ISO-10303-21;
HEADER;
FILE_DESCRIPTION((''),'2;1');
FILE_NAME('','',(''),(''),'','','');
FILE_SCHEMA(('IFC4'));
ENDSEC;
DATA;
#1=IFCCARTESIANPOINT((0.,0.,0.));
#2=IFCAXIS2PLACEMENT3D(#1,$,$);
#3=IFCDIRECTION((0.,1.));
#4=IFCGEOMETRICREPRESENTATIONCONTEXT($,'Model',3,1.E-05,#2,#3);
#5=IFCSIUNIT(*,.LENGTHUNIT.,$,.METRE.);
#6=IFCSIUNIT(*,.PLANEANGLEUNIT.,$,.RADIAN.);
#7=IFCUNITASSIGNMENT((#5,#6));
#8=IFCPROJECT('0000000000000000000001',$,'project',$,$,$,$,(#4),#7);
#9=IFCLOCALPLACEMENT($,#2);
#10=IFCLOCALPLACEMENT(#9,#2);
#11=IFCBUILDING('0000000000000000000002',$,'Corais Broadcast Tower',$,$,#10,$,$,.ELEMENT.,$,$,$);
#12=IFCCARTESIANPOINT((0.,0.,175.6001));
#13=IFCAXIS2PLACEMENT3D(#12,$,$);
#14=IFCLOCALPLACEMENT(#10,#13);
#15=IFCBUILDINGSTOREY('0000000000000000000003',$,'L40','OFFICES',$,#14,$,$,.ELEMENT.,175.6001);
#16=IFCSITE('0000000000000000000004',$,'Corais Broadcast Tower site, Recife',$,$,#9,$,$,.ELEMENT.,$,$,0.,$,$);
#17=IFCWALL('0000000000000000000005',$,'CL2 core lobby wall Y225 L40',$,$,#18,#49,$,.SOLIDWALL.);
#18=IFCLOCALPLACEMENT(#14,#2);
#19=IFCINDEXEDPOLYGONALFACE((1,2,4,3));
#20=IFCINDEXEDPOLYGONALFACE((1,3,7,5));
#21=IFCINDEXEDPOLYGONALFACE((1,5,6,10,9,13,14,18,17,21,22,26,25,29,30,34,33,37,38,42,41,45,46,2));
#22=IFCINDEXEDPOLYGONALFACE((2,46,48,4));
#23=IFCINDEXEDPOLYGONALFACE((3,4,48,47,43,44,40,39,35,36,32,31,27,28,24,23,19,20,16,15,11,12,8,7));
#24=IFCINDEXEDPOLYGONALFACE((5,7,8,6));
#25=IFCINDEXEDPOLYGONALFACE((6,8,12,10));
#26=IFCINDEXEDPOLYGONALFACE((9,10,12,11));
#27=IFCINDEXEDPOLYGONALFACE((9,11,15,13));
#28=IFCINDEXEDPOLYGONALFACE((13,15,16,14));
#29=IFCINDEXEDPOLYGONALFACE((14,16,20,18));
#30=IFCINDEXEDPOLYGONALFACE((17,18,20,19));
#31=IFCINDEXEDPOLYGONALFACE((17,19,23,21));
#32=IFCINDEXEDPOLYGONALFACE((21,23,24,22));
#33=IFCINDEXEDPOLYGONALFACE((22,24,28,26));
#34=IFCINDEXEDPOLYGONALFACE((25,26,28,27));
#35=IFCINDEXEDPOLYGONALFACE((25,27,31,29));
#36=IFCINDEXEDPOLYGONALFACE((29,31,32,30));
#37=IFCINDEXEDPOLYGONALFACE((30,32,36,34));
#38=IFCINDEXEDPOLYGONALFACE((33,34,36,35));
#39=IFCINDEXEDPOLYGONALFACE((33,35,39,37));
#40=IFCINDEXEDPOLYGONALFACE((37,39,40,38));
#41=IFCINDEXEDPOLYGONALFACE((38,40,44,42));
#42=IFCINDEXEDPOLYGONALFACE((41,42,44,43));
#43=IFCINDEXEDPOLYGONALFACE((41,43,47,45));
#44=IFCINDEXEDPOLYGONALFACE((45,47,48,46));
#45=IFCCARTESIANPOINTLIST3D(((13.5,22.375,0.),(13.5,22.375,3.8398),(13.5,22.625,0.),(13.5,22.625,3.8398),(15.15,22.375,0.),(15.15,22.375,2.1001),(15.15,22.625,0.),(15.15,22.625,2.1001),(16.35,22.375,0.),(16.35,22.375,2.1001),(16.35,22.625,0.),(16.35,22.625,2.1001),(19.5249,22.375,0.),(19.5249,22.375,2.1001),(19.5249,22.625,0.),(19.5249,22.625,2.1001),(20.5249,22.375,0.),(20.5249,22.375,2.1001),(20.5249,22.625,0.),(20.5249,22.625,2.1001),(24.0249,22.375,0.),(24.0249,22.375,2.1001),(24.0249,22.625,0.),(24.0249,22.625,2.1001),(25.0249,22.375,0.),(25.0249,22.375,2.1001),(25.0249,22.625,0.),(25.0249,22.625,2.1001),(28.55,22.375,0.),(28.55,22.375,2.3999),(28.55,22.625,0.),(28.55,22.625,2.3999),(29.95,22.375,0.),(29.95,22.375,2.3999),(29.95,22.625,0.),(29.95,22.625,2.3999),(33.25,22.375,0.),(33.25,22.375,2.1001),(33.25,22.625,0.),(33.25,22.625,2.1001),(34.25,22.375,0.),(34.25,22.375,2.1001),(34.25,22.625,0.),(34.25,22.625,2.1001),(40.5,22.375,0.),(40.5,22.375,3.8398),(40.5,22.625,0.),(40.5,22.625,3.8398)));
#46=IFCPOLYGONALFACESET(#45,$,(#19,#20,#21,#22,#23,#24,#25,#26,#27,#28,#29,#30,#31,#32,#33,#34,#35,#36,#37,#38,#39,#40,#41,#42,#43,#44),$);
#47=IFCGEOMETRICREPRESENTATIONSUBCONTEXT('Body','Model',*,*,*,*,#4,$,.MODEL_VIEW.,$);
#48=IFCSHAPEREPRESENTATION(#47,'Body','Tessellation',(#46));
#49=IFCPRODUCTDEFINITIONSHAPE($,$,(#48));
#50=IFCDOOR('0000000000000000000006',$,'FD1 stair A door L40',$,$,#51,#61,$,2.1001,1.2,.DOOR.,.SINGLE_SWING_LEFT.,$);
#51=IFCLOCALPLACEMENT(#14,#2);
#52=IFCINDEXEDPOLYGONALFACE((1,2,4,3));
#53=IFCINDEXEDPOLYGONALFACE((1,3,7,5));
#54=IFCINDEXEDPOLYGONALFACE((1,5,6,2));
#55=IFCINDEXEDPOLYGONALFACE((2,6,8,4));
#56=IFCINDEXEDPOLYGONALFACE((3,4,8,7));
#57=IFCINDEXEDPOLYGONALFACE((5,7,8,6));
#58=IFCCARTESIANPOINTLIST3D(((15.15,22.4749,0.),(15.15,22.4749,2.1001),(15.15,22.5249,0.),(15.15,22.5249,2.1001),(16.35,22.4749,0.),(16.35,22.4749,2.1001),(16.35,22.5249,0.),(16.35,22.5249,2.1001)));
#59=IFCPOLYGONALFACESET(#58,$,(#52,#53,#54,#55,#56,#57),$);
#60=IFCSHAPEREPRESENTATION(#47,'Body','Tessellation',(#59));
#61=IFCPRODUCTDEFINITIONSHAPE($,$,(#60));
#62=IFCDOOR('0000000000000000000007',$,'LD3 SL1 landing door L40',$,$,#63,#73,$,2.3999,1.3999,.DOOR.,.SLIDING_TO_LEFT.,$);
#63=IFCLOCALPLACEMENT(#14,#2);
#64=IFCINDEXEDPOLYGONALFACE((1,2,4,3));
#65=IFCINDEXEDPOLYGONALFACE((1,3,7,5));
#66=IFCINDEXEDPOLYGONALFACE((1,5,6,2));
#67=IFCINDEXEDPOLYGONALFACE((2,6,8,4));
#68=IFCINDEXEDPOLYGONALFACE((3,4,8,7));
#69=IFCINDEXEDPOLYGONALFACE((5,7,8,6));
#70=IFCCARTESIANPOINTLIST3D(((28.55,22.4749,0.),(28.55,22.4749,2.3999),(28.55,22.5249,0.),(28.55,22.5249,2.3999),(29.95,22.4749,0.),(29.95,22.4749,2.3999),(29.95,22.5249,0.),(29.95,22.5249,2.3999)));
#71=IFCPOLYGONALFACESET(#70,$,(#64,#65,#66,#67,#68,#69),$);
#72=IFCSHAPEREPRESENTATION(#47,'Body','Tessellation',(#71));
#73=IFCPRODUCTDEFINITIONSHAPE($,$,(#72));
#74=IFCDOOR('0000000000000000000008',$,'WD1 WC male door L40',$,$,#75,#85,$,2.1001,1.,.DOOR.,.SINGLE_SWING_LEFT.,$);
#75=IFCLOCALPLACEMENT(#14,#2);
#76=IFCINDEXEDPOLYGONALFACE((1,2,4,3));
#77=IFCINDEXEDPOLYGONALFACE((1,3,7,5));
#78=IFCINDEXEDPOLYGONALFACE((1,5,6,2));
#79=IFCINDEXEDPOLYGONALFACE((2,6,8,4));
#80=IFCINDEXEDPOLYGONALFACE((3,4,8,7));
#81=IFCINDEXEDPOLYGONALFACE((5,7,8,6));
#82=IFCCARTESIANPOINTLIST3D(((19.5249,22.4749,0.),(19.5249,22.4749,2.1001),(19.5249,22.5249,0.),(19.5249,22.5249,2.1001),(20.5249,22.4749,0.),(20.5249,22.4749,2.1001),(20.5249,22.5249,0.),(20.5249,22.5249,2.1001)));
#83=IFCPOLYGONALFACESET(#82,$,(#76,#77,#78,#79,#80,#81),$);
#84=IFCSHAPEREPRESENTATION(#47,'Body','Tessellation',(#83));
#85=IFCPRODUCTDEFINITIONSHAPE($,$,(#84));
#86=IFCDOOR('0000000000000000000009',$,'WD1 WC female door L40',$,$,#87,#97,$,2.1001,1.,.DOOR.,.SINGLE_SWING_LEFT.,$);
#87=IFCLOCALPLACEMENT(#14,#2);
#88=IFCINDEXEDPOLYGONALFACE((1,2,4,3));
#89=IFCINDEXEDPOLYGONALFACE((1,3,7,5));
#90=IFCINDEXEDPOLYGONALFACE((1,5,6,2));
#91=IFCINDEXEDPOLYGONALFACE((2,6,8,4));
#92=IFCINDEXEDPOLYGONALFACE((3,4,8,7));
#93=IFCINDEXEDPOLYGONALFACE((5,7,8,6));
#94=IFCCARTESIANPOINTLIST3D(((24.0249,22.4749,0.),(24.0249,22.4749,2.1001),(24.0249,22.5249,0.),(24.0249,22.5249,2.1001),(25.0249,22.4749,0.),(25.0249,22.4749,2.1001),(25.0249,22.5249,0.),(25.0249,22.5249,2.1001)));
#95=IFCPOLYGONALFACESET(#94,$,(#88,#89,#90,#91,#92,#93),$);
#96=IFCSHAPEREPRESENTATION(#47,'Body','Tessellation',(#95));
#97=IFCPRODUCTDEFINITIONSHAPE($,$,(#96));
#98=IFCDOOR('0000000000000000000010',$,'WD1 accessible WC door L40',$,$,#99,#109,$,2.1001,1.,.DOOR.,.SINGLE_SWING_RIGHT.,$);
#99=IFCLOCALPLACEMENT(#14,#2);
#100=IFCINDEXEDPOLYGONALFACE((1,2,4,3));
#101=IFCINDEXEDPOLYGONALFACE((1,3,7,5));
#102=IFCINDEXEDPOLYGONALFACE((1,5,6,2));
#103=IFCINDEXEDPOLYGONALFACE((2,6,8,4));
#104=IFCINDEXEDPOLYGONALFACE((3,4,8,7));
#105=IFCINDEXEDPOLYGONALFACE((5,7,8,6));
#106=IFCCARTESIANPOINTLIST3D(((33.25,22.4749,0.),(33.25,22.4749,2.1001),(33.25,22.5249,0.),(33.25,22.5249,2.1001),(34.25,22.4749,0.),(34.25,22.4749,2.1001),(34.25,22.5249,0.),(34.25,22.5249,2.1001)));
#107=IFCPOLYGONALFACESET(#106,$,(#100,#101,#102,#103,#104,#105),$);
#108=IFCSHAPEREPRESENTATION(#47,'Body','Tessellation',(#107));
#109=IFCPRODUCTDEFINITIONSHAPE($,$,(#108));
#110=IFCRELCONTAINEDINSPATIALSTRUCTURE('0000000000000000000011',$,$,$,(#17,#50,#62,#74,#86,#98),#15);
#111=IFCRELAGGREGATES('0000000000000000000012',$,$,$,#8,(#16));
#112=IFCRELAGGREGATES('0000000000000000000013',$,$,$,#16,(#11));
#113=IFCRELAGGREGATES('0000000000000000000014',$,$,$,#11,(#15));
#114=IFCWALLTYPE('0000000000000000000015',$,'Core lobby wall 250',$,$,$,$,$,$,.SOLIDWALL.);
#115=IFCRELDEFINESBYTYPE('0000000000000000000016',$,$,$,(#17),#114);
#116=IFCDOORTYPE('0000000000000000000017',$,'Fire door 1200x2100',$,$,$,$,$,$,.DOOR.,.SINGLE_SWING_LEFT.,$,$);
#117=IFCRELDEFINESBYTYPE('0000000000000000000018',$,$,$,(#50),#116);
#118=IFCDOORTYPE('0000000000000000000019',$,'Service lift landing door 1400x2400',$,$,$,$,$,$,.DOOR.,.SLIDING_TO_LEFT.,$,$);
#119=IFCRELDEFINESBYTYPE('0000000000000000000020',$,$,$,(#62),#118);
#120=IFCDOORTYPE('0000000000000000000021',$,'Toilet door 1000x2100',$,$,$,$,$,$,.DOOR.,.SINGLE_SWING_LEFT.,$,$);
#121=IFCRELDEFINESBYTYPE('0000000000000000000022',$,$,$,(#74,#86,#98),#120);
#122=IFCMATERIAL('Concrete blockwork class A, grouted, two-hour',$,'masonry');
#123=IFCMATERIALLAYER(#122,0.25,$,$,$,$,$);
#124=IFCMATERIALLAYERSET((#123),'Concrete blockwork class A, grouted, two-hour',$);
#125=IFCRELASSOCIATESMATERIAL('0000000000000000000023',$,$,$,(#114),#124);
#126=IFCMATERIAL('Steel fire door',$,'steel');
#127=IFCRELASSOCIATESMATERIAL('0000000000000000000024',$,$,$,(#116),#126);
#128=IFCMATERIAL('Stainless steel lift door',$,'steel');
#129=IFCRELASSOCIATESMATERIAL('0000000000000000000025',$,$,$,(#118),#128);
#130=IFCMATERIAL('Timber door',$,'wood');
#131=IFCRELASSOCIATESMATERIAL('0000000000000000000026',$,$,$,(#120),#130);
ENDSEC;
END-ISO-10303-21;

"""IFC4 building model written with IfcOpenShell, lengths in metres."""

from ifc_helpers import new_model, si_unit, direction, frame, frame_2d, origin, place, context, subcontext, project, spatial, rectangle, extrude, material, layer, layer_set, type_object, element, fill, save


model = new_model("IFC4")

# Units and contexts
model_context = context("Model", 3, precision=1e-05, world=origin(), true_north=direction((0.0, 1.0)))
body_context = subcontext(model_context, "Body", "Model", "MODEL_VIEW")
ifc_project = project(units=[si_unit("LENGTHUNIT", "METRE"), si_unit("PLANEANGLEUNIT", "RADIAN")], contexts=[model_context])

# Site, building, storey
site_placement = place(None, origin())
site = spatial("IfcSite", under=ifc_project, at=site_placement, Name="Corais Broadcast Tower site, Recife", CompositionType="ELEMENT", RefElevation=0.0)
building_placement = place(site_placement, origin())
building = spatial("IfcBuilding", under=site, at=building_placement, Name="Corais Broadcast Tower", CompositionType="ELEMENT")
storey_placement = place(building_placement, frame((0.0, 0.0, 175.6001)))
storey = spatial("IfcBuildingStorey", under=building, at=storey_placement, Name="L40", Description="OFFICES", CompositionType="ELEMENT", Elevation=175.6001)

# Wall, openings, doors
ifc_material_1 = material(Name="Concrete blockwork class A, grouted, two-hour", Category="masonry")
ifc_layer_1 = layer(ifc_material_1, 0.25)
ifc_layer_set_1 = layer_set([ifc_layer_1], Name="Concrete blockwork class A, grouted, two-hour")
wall_type_1 = type_object("IfcWallType", Name="Core lobby wall 250", PredefinedType="SOLIDWALL", material=ifc_layer_set_1)
wall_1_placement = place(storey_placement, frame((13.5, 22.5, 0.0), z_axis=(0.0, 0.0, 1.0), x_axis=(1.0, 0.0, 0.0)))
wall_1 = element("IfcWall", 1, at=wall_1_placement, inside=storey, type_object=wall_type_1, Name="CL2 core lobby wall Y225 L40", PredefinedType="SOLIDWALL", context=body_context, shape_type="SweptSolid", body=[
    extrude(rectangle(XDim=27.0, YDim=0.25, at=frame_2d((13.5, 0.0))), origin(), (0.0, 0.0, 1.0), 3.8398),
])
opening_1_placement = place(wall_1_placement, frame((1.6499, 0.0, 0.0)))
opening_1 = element("IfcOpeningElement", 2, at=opening_1_placement, cuts=wall_1, PredefinedType="OPENING", context=body_context, shape_type="SweptSolid", body=[
    extrude(rectangle(XDim=1.2, YDim=2.1001, at=frame_2d((0.6001, 1.05))), frame((0.0, 0.135, 0.0), z_axis=(0.0, -1.0, 0.0), x_axis=(1.0, 0.0, 0.0)), (0.0, 0.0, 1.0), 0.27),
])
opening_2_placement = place(wall_1_placement, frame((6.0249, 0.0, 0.0)))
opening_2 = element("IfcOpeningElement", 3, at=opening_2_placement, cuts=wall_1, PredefinedType="OPENING", context=body_context, shape_type="SweptSolid", body=[
    extrude(rectangle(XDim=1.0, YDim=2.1001, at=frame_2d((0.5, 1.05))), frame((0.0, 0.135, 0.0), z_axis=(0.0, -1.0, 0.0), x_axis=(1.0, 0.0, 0.0)), (0.0, 0.0, 1.0), 0.27),
])
opening_3_placement = place(wall_1_placement, frame((10.5249, 0.0, 0.0)))
opening_3 = element("IfcOpeningElement", 4, at=opening_3_placement, cuts=wall_1, PredefinedType="OPENING", context=body_context, shape_type="SweptSolid", body=[
    extrude(rectangle(XDim=1.0, YDim=2.1001, at=frame_2d((0.5, 1.05))), frame((0.0, 0.135, 0.0), z_axis=(0.0, -1.0, 0.0), x_axis=(1.0, 0.0, 0.0)), (0.0, 0.0, 1.0), 0.27),
])
opening_4_placement = place(wall_1_placement, frame((19.75, 0.0, 0.0)))
opening_4 = element("IfcOpeningElement", 5, at=opening_4_placement, cuts=wall_1, PredefinedType="OPENING", context=body_context, shape_type="SweptSolid", body=[
    extrude(rectangle(XDim=1.0, YDim=2.1001, at=frame_2d((0.5, 1.05))), frame((0.0, 0.135, 0.0), z_axis=(0.0, -1.0, 0.0), x_axis=(1.0, 0.0, 0.0)), (0.0, 0.0, 1.0), 0.27),
])
opening_5_placement = place(wall_1_placement, frame((15.05, 0.0, 0.0)))
opening_5 = element("IfcOpeningElement", 6, at=opening_5_placement, cuts=wall_1, PredefinedType="OPENING", context=body_context, shape_type="SweptSolid", body=[
    extrude(rectangle(XDim=1.3999, YDim=2.3999, at=frame_2d((0.7, 1.2))), frame((0.0, 0.135, 0.0), z_axis=(0.0, -1.0, 0.0), x_axis=(1.0, 0.0, 0.0)), (0.0, 0.0, 1.0), 0.27),
])
ifc_material_2 = material(Name="Steel fire door", Category="steel")
door_type_1 = type_object("IfcDoorType", Name="Fire door 1200x2100", OperationType="SINGLE_SWING_LEFT", PredefinedType="DOOR", material=ifc_material_2)
door_1_placement = place(opening_1_placement, origin())
door_1 = element("IfcDoor", 7, at=door_1_placement, inside=storey, type_object=door_type_1, Name="FD1 stair A door L40", OperationType="SINGLE_SWING_LEFT", OverallHeight=2.1001, OverallWidth=1.2, PredefinedType="DOOR", context=body_context, shape_type="SweptSolid", body=[
    extrude(rectangle(XDim=1.2, YDim=2.1001, at=frame_2d((0.6001, 1.05))), frame((0.0, 0.0249, 0.0), z_axis=(0.0, -1.0, 0.0), x_axis=(1.0, 0.0, 0.0)), (0.0, 0.0, 1.0), 0.05),
])
fill(opening_1, door_1)
ifc_material_3 = material(Name="Stainless steel lift door", Category="steel")
door_type_2 = type_object("IfcDoorType", Name="Service lift landing door 1400x2400", OperationType="SLIDING_TO_LEFT", PredefinedType="DOOR", material=ifc_material_3)
door_2_placement = place(opening_5_placement, origin())
door_2 = element("IfcDoor", 8, at=door_2_placement, inside=storey, type_object=door_type_2, Name="LD3 SL1 landing door L40", OperationType="SLIDING_TO_LEFT", OverallHeight=2.3999, OverallWidth=1.3999, PredefinedType="DOOR", context=body_context, shape_type="SweptSolid", body=[
    extrude(rectangle(XDim=1.3999, YDim=2.3999, at=frame_2d((0.7, 1.2))), frame((0.0, 0.0249, 0.0), z_axis=(0.0, -1.0, 0.0), x_axis=(1.0, 0.0, 0.0)), (0.0, 0.0, 1.0), 0.05),
])
fill(opening_5, door_2)
ifc_material_4 = material(Name="Timber door", Category="wood")
door_type_3 = type_object("IfcDoorType", Name="Toilet door 1000x2100", OperationType="SINGLE_SWING_LEFT", PredefinedType="DOOR", material=ifc_material_4)
door_3_placement = place(opening_2_placement, origin())
door_3 = element("IfcDoor", 9, at=door_3_placement, inside=storey, type_object=door_type_3, Name="WD1 WC male door L40", OperationType="SINGLE_SWING_LEFT", OverallHeight=2.1001, OverallWidth=1.0, PredefinedType="DOOR", context=body_context, shape_type="SweptSolid", body=[
    extrude(rectangle(XDim=1.0, YDim=2.1001, at=frame_2d((0.5, 1.05))), frame((0.0, 0.0249, 0.0), z_axis=(0.0, -1.0, 0.0), x_axis=(1.0, 0.0, 0.0)), (0.0, 0.0, 1.0), 0.05),
])
fill(opening_2, door_3)
door_4_placement = place(opening_3_placement, origin())
door_4 = element("IfcDoor", 10, at=door_4_placement, inside=storey, type_object=door_type_3, Name="WD1 WC female door L40", OperationType="SINGLE_SWING_LEFT", OverallHeight=2.1001, OverallWidth=1.0, PredefinedType="DOOR", context=body_context, shape_type="SweptSolid", body=[
    extrude(rectangle(XDim=1.0, YDim=2.1001, at=frame_2d((0.5, 1.05))), frame((0.0, 0.0249, 0.0), z_axis=(0.0, -1.0, 0.0), x_axis=(1.0, 0.0, 0.0)), (0.0, 0.0, 1.0), 0.05),
])
fill(opening_3, door_4)
door_5_placement = place(opening_4_placement, origin())
door_5 = element("IfcDoor", 11, at=door_5_placement, inside=storey, type_object=door_type_3, Name="WD1 accessible WC door L40", OperationType="SINGLE_SWING_RIGHT", OverallHeight=2.1001, OverallWidth=1.0, PredefinedType="DOOR", context=body_context, shape_type="SweptSolid", body=[
    extrude(rectangle(XDim=1.0, YDim=2.1001, at=frame_2d((0.5, 1.05))), frame((0.0, 0.0249, 0.0), z_axis=(0.0, -1.0, 0.0), x_axis=(1.0, 0.0, 0.0)), (0.0, 0.0, 1.0), 0.05),
])
fill(opening_4, door_5)

save(model, "model.ifc")
